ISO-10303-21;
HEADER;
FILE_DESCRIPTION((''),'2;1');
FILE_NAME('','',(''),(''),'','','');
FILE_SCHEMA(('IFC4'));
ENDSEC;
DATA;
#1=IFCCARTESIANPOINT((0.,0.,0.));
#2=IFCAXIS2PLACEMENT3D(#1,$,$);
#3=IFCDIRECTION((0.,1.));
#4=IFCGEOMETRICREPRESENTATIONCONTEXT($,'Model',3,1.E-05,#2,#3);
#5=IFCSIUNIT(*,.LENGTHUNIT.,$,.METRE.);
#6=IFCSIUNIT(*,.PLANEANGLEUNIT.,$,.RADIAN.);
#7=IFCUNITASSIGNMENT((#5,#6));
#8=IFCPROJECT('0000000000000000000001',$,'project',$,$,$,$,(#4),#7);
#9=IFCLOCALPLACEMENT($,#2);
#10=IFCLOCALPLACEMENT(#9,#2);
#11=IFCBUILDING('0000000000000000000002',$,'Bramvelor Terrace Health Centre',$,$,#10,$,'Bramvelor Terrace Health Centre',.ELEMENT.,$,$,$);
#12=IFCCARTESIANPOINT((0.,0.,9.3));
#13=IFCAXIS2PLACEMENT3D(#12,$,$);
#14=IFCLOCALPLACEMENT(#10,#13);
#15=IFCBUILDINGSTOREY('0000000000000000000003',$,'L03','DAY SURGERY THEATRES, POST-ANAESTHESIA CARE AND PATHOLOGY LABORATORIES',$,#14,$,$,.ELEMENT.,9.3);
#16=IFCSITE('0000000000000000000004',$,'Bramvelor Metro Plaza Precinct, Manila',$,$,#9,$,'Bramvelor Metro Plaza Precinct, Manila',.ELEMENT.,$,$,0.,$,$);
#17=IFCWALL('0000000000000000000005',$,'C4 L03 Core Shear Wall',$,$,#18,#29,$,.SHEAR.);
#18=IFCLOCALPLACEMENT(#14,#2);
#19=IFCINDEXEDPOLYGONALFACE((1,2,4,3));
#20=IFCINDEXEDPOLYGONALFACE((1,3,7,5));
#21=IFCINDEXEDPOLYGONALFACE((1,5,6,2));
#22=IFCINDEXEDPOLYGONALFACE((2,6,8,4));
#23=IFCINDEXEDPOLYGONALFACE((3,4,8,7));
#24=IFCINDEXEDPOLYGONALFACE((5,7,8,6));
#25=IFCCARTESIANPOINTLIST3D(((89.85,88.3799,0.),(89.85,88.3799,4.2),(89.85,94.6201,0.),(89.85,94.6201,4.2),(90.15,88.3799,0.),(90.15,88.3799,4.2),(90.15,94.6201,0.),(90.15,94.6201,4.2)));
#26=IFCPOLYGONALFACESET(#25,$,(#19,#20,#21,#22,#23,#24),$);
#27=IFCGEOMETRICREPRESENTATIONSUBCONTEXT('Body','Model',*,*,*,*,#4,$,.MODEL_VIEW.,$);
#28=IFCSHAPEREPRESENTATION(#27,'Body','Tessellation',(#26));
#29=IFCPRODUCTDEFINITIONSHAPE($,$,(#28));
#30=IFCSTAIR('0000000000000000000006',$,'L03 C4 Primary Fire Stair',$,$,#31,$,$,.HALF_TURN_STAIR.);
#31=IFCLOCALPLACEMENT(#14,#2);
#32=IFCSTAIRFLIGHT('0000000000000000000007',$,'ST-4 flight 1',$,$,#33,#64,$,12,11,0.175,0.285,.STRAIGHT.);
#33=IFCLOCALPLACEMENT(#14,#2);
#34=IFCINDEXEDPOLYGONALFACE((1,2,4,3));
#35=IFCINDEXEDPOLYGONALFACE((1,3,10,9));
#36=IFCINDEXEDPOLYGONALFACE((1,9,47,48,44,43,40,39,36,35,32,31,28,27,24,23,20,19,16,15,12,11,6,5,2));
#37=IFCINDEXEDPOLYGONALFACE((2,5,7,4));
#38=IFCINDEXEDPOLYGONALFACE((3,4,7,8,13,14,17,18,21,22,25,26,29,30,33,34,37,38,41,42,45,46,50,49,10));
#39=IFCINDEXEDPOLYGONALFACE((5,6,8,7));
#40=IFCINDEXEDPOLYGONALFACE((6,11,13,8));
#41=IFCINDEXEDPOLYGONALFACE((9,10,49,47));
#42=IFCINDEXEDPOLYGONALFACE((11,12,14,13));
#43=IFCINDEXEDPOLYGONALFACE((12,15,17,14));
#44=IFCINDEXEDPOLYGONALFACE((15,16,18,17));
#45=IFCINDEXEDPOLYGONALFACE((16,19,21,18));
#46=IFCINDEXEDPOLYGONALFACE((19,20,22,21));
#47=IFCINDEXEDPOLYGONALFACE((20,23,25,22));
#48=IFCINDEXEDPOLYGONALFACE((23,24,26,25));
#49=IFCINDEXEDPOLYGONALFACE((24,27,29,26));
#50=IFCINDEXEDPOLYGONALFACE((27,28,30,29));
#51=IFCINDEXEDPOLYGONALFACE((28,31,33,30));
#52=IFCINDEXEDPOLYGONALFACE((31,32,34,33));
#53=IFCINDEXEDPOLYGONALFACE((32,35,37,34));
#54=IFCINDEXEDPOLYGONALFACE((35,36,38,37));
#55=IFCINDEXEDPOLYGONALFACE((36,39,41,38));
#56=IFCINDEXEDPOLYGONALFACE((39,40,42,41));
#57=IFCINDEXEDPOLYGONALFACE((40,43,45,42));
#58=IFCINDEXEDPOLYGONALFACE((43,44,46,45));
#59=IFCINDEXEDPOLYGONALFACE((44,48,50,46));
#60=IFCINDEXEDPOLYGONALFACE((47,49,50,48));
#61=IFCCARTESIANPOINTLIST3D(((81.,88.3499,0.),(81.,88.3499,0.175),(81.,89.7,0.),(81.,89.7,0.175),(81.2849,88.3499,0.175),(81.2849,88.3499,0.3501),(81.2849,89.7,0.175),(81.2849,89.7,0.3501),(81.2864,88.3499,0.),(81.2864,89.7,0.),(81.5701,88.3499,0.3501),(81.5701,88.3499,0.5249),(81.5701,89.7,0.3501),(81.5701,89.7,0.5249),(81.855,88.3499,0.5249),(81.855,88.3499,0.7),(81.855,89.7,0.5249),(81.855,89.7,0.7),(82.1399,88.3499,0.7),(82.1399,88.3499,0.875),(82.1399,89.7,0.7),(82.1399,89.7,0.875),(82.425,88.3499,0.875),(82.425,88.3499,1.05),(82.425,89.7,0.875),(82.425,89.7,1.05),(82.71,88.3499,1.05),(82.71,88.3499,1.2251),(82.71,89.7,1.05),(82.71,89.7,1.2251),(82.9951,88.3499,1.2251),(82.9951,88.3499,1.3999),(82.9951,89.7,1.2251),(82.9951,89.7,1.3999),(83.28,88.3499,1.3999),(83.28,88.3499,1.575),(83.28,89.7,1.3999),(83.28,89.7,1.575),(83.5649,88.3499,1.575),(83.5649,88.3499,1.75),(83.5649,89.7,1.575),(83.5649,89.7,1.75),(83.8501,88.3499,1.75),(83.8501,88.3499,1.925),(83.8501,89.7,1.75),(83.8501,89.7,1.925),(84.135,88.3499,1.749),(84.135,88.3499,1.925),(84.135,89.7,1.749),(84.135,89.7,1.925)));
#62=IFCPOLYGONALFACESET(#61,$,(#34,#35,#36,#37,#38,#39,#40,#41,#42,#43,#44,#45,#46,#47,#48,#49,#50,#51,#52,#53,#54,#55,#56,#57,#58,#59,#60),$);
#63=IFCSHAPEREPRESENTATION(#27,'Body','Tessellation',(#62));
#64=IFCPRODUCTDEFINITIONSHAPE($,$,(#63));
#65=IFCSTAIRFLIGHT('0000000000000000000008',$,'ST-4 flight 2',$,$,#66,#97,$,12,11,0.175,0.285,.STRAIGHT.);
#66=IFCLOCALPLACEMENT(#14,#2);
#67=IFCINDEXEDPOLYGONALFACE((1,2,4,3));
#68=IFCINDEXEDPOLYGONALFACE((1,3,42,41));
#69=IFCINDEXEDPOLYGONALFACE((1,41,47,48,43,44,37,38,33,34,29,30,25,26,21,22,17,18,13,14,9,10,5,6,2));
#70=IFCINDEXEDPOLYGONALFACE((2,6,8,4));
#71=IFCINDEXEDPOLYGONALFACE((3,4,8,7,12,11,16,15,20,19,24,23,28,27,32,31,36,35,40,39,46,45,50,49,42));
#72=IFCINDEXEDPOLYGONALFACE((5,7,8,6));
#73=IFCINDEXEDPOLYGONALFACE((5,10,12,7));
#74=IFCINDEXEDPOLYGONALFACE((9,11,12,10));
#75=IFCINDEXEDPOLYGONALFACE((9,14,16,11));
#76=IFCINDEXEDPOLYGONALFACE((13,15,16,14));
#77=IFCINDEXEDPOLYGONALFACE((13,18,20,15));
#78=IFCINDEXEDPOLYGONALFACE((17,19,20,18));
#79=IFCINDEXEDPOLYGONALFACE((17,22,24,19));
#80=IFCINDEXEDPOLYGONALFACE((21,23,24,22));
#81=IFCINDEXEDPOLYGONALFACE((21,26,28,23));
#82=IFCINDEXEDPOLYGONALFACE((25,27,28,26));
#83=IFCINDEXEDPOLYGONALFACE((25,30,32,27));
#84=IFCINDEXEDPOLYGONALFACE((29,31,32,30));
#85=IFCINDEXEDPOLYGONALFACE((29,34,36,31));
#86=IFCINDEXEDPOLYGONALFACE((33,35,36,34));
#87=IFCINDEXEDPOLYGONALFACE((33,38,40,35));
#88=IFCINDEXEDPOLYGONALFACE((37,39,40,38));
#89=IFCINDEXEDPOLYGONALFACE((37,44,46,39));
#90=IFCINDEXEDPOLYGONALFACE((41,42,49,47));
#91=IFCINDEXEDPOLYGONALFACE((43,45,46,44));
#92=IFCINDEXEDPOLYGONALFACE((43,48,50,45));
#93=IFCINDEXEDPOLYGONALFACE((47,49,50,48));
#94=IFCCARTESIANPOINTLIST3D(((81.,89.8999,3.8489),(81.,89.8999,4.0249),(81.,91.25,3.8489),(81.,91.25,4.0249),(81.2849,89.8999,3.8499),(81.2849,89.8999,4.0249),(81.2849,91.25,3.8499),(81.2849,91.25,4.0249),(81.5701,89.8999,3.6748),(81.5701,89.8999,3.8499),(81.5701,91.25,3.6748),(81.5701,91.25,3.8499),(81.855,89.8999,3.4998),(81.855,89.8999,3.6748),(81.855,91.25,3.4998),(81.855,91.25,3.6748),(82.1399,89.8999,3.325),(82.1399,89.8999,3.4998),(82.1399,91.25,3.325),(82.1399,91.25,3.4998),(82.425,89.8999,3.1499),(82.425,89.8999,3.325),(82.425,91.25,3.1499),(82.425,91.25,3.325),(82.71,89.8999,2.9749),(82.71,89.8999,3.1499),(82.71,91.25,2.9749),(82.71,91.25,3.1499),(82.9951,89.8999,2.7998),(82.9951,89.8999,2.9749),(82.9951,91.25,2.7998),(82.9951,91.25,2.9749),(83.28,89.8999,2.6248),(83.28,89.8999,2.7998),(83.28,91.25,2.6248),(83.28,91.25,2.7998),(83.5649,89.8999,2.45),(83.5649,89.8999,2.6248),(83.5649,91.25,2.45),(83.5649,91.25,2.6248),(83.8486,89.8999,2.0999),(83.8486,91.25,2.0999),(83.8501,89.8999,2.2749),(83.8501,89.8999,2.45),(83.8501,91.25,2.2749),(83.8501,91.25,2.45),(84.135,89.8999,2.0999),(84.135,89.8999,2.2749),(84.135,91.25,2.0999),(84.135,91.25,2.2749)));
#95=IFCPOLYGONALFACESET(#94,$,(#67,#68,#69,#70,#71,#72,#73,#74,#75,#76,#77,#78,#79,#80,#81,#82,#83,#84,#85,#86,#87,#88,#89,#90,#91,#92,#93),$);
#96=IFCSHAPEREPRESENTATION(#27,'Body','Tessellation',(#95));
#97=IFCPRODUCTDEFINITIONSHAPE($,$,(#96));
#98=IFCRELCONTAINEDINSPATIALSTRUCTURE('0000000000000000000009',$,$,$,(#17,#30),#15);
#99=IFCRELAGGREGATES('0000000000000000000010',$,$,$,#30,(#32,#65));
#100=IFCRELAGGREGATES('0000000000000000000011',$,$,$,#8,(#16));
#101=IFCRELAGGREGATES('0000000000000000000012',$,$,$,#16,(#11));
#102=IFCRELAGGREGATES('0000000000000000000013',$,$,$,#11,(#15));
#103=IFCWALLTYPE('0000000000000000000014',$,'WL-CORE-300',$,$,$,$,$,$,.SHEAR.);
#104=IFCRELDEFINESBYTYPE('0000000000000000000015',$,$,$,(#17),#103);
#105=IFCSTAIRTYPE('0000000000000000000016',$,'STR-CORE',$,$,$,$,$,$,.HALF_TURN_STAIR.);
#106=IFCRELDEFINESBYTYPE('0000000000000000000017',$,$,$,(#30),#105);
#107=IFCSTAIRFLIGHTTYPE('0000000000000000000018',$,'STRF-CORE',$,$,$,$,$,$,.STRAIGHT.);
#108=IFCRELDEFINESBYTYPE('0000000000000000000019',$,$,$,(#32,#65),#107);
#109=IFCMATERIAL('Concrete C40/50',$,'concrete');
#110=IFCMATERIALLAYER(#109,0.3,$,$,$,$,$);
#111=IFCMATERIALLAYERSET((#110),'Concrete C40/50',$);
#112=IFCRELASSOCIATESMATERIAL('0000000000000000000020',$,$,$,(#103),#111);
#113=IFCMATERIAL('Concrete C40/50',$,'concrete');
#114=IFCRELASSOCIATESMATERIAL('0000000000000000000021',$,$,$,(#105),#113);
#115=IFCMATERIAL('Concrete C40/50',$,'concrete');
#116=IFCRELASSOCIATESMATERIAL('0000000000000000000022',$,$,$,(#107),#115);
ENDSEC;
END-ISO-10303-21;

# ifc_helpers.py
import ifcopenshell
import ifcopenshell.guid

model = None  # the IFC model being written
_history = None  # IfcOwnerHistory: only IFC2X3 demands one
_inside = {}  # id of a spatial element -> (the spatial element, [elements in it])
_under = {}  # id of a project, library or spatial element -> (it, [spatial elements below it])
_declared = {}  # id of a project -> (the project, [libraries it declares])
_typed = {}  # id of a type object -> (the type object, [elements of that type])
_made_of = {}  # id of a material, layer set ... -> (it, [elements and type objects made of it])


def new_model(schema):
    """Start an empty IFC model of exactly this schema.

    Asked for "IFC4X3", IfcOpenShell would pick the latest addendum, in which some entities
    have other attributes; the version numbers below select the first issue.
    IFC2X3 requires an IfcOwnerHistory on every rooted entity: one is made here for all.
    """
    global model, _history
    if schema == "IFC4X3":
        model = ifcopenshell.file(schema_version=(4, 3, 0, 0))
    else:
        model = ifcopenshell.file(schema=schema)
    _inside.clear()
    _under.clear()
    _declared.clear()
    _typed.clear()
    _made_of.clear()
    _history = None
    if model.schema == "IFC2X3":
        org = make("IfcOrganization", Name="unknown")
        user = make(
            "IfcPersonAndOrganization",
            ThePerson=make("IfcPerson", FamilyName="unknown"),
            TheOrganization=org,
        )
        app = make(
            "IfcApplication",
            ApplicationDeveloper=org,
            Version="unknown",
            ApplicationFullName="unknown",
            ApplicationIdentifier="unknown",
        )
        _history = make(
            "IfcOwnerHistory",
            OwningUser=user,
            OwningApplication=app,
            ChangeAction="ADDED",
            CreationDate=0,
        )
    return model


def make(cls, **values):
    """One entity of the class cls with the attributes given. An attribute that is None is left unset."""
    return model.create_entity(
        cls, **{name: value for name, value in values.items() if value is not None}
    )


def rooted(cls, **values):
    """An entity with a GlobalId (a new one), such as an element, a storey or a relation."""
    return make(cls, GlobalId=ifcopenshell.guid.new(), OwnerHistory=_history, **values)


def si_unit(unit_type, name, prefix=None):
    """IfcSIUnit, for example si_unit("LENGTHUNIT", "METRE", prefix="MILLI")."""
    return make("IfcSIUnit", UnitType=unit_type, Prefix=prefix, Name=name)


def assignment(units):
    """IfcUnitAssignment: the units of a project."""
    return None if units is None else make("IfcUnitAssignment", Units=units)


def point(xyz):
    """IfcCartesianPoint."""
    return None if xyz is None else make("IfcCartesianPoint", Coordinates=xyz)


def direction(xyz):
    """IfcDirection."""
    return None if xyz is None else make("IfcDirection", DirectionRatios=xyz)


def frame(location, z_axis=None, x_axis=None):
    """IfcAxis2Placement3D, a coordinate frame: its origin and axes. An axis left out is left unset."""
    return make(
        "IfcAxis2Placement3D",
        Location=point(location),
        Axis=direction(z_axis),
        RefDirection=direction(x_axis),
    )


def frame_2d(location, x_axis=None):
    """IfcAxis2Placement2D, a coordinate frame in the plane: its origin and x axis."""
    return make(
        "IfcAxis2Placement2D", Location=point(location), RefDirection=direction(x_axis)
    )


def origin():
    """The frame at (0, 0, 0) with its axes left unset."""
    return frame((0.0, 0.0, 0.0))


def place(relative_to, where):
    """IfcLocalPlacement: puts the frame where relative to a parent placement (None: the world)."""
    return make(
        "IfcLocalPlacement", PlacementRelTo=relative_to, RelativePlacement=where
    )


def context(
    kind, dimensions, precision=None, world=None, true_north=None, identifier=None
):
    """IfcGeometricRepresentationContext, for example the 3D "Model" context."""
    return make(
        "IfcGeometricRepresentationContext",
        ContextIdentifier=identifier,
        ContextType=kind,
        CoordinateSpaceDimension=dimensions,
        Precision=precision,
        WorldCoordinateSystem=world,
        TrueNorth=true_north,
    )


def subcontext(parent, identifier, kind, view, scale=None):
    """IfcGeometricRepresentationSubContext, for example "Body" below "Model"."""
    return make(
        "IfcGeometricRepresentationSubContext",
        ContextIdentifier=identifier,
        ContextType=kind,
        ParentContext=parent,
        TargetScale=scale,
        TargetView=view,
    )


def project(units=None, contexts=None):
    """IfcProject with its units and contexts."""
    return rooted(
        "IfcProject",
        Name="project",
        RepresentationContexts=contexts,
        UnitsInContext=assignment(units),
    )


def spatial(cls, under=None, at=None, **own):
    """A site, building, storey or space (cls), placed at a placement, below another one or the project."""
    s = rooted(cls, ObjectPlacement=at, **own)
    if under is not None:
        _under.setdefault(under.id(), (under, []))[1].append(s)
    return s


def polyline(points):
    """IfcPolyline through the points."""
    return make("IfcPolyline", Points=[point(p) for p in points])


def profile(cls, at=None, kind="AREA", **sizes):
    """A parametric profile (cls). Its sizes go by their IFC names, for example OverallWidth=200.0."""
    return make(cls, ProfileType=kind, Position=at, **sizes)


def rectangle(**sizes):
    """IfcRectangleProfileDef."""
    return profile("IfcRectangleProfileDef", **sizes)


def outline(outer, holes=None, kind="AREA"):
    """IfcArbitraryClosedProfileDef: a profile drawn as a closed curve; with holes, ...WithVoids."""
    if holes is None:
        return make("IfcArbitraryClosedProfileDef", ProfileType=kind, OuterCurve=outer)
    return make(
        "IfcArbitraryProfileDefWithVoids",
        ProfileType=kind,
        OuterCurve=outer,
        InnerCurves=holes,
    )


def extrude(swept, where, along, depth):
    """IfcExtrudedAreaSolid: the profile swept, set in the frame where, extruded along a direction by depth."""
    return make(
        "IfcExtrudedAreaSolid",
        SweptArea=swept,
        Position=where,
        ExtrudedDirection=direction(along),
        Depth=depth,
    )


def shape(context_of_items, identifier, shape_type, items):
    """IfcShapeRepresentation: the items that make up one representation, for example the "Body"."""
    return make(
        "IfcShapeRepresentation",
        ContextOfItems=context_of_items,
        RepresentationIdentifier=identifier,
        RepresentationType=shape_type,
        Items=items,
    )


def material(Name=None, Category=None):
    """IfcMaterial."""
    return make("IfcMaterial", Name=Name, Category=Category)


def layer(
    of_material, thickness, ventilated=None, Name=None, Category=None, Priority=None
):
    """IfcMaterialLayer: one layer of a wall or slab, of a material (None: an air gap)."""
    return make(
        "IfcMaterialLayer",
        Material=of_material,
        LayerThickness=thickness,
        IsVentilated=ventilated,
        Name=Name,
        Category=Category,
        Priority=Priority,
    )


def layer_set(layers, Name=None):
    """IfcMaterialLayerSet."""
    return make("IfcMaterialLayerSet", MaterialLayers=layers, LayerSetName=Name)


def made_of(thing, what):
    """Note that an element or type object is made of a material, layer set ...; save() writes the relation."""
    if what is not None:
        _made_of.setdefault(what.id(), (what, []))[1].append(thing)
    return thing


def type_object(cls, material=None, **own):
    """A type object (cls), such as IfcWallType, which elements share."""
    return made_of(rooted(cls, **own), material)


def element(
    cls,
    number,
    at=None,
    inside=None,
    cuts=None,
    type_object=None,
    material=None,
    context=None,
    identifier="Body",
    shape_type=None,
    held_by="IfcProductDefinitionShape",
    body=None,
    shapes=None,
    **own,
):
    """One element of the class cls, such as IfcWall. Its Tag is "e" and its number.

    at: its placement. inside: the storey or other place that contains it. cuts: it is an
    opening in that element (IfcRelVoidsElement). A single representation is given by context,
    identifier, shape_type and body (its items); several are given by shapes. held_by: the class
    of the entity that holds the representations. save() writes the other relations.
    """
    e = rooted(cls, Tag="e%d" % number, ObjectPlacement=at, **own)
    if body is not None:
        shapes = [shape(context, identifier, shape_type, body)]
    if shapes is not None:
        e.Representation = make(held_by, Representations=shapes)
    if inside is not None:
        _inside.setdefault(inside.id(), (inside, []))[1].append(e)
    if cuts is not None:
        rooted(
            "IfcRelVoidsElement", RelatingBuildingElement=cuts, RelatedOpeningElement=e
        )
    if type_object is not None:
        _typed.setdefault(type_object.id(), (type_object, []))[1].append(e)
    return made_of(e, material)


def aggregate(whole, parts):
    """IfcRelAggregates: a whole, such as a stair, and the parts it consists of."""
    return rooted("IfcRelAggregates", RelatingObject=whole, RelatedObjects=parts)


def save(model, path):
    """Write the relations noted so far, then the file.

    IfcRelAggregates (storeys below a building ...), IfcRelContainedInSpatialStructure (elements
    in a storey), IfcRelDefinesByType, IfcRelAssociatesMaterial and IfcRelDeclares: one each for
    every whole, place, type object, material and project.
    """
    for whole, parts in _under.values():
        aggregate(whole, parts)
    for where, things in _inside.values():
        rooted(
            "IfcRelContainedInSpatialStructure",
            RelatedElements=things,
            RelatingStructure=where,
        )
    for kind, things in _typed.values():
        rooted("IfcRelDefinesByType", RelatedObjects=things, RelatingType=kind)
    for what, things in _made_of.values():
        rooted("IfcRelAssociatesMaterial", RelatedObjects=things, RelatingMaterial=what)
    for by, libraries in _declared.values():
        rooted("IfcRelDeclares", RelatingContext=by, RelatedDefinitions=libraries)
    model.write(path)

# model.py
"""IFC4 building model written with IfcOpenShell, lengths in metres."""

from ifc_helpers import new_model, si_unit, direction, frame, frame_2d, origin, place, context, subcontext, project, spatial, polyline, rectangle, outline, extrude, material, layer, layer_set, type_object, element, aggregate, save


model = new_model("IFC4")

# Units and contexts
model_context = context("Model", 3, precision=1e-05, world=origin(), true_north=direction((0.0, 1.0)))
body_context = subcontext(model_context, "Body", "Model", "MODEL_VIEW")
ifc_project = project(units=[si_unit("LENGTHUNIT", "METRE"), si_unit("PLANEANGLEUNIT", "RADIAN")], contexts=[model_context])

# Site, building, storey
site_placement = place(None, origin())
site = spatial("IfcSite", under=ifc_project, at=site_placement, Name="Bramvelor Metro Plaza Precinct, Manila", LongName="Bramvelor Metro Plaza Precinct, Manila", CompositionType="ELEMENT", RefElevation=0.0)
building_placement = place(site_placement, origin())
building = spatial("IfcBuilding", under=site, at=building_placement, Name="Bramvelor Terrace Health Centre", LongName="Bramvelor Terrace Health Centre", CompositionType="ELEMENT")
storey_placement = place(building_placement, frame((0.0, 0.0, 9.3)))
storey = spatial("IfcBuildingStorey", under=building, at=storey_placement, Name="L03", Description="DAY SURGERY THEATRES, POST-ANAESTHESIA CARE AND PATHOLOGY LABORATORIES", CompositionType="ELEMENT", Elevation=9.3)

# Wall
ifc_material_1 = material(Name="Concrete C40/50", Category="concrete")
ifc_layer_1 = layer(ifc_material_1, 0.3)
ifc_layer_set_1 = layer_set([ifc_layer_1], Name="Concrete C40/50")
wall_type_1 = type_object("IfcWallType", Name="WL-CORE-300", PredefinedType="SHEAR", material=ifc_layer_set_1)
wall_1_placement = place(storey_placement, frame((90.0, 88.3799, 0.0), z_axis=(0.0, 0.0, 1.0), x_axis=(0.0, 1.0, 0.0)))
element("IfcWall", 1, at=wall_1_placement, inside=storey, type_object=wall_type_1, Name="C4 L03 Core Shear Wall", PredefinedType="SHEAR", context=body_context, shape_type="SweptSolid", body=[
    extrude(rectangle(XDim=6.2402, YDim=0.3, at=frame_2d((3.1201, 0.0))), origin(), (0.0, 0.0, 1.0), 4.2),
])

# Stair, stair flights
ifc_material_2 = material(Name="Concrete C40/50", Category="concrete")
stair_type = type_object("IfcStairType", Name="STR-CORE", PredefinedType="HALF_TURN_STAIR", material=ifc_material_2)
stair_placement = place(storey_placement, origin())
stair = element("IfcStair", 2, at=stair_placement, inside=storey, type_object=stair_type, Name="L03 C4 Primary Fire Stair", PredefinedType="HALF_TURN_STAIR")
ifc_material_3 = material(Name="Concrete C40/50", Category="concrete")
stair_flight_type = type_object("IfcStairFlightType", Name="STRF-CORE", PredefinedType="STRAIGHT", material=ifc_material_3)
stair_flight_1_placement = place(storey_placement, frame((81.0, 89.0249, 0.0), z_axis=(0.0, 0.0, 1.0), x_axis=(1.0, 0.0, 0.0)))
stair_flight_1 = element("IfcStairFlight", 3, at=stair_flight_1_placement, type_object=stair_flight_type, Name="ST-4 flight 1", NumberOfRisers=12, NumberOfTreads=11, PredefinedType="STRAIGHT", RiserHeight=0.175, TreadLength=0.285, context=body_context, shape_type="SweptSolid", body=[
    extrude(outline(polyline([(0.0, 0.0), (0.0, 0.175), (0.2849, 0.175), (0.2849, 0.3501), (0.5701, 0.3501), (0.5701, 0.5249), (0.855, 0.5249), (0.855, 0.7), (1.1399, 0.7), (1.1399, 0.875), (1.425, 0.875), (1.425, 1.05), (1.71, 1.05), (1.71, 1.2251), (1.9951, 1.2251), (1.9951, 1.3999), (2.28, 1.3999), (2.28, 1.575), (2.5649, 1.575), (2.5649, 1.75), (2.8501, 1.75), (2.8501, 1.925), (3.135, 1.925), (3.135, 2.1001), (3.135, 1.749), (0.2864, 0.0), (0.0, 0.0)])), frame((0.0, 0.675, 0.0), z_axis=(0.0, -1.0, 0.0), x_axis=(1.0, 0.0, 0.0)), (0.0, 0.0, 1.0), 1.3501),
])
stair_flight_2_placement = place(storey_placement, frame((84.135, 90.575, 2.0999), z_axis=(0.0, 0.0, 1.0), x_axis=(-1.0, 0.0, 0.0)))
stair_flight_2 = element("IfcStairFlight", 4, at=stair_flight_2_placement, type_object=stair_flight_type, Name="ST-4 flight 2", NumberOfRisers=12, NumberOfTreads=11, PredefinedType="STRAIGHT", RiserHeight=0.175, TreadLength=0.285, context=body_context, shape_type="SweptSolid", body=[
    extrude(outline(polyline([(0.0, 0.0), (0.0, 0.175), (0.2849, 0.175), (0.2849, 0.3501), (0.5701, 0.3501), (0.5701, 0.5249), (0.855, 0.5249), (0.855, 0.7), (1.1399, 0.7), (1.1399, 0.875), (1.425, 0.875), (1.425, 1.05), (1.71, 1.05), (1.71, 1.2251), (1.9951, 1.2251), (1.9951, 1.3999), (2.28, 1.3999), (2.28, 1.575), (2.5649, 1.575), (2.5649, 1.75), (2.8501, 1.75), (2.8501, 1.925), (3.135, 1.925), (3.135, 2.1001), (3.135, 1.749), (0.2864, 0.0), (0.0, 0.0)])), frame((0.0, 0.675, 0.0), z_axis=(0.0, -1.0, 0.0), x_axis=(1.0, 0.0, 0.0)), (0.0, 0.0, 1.0), 1.3501),
])
aggregate(stair, [stair_flight_1, stair_flight_2])

save(model, "model.ifc")
